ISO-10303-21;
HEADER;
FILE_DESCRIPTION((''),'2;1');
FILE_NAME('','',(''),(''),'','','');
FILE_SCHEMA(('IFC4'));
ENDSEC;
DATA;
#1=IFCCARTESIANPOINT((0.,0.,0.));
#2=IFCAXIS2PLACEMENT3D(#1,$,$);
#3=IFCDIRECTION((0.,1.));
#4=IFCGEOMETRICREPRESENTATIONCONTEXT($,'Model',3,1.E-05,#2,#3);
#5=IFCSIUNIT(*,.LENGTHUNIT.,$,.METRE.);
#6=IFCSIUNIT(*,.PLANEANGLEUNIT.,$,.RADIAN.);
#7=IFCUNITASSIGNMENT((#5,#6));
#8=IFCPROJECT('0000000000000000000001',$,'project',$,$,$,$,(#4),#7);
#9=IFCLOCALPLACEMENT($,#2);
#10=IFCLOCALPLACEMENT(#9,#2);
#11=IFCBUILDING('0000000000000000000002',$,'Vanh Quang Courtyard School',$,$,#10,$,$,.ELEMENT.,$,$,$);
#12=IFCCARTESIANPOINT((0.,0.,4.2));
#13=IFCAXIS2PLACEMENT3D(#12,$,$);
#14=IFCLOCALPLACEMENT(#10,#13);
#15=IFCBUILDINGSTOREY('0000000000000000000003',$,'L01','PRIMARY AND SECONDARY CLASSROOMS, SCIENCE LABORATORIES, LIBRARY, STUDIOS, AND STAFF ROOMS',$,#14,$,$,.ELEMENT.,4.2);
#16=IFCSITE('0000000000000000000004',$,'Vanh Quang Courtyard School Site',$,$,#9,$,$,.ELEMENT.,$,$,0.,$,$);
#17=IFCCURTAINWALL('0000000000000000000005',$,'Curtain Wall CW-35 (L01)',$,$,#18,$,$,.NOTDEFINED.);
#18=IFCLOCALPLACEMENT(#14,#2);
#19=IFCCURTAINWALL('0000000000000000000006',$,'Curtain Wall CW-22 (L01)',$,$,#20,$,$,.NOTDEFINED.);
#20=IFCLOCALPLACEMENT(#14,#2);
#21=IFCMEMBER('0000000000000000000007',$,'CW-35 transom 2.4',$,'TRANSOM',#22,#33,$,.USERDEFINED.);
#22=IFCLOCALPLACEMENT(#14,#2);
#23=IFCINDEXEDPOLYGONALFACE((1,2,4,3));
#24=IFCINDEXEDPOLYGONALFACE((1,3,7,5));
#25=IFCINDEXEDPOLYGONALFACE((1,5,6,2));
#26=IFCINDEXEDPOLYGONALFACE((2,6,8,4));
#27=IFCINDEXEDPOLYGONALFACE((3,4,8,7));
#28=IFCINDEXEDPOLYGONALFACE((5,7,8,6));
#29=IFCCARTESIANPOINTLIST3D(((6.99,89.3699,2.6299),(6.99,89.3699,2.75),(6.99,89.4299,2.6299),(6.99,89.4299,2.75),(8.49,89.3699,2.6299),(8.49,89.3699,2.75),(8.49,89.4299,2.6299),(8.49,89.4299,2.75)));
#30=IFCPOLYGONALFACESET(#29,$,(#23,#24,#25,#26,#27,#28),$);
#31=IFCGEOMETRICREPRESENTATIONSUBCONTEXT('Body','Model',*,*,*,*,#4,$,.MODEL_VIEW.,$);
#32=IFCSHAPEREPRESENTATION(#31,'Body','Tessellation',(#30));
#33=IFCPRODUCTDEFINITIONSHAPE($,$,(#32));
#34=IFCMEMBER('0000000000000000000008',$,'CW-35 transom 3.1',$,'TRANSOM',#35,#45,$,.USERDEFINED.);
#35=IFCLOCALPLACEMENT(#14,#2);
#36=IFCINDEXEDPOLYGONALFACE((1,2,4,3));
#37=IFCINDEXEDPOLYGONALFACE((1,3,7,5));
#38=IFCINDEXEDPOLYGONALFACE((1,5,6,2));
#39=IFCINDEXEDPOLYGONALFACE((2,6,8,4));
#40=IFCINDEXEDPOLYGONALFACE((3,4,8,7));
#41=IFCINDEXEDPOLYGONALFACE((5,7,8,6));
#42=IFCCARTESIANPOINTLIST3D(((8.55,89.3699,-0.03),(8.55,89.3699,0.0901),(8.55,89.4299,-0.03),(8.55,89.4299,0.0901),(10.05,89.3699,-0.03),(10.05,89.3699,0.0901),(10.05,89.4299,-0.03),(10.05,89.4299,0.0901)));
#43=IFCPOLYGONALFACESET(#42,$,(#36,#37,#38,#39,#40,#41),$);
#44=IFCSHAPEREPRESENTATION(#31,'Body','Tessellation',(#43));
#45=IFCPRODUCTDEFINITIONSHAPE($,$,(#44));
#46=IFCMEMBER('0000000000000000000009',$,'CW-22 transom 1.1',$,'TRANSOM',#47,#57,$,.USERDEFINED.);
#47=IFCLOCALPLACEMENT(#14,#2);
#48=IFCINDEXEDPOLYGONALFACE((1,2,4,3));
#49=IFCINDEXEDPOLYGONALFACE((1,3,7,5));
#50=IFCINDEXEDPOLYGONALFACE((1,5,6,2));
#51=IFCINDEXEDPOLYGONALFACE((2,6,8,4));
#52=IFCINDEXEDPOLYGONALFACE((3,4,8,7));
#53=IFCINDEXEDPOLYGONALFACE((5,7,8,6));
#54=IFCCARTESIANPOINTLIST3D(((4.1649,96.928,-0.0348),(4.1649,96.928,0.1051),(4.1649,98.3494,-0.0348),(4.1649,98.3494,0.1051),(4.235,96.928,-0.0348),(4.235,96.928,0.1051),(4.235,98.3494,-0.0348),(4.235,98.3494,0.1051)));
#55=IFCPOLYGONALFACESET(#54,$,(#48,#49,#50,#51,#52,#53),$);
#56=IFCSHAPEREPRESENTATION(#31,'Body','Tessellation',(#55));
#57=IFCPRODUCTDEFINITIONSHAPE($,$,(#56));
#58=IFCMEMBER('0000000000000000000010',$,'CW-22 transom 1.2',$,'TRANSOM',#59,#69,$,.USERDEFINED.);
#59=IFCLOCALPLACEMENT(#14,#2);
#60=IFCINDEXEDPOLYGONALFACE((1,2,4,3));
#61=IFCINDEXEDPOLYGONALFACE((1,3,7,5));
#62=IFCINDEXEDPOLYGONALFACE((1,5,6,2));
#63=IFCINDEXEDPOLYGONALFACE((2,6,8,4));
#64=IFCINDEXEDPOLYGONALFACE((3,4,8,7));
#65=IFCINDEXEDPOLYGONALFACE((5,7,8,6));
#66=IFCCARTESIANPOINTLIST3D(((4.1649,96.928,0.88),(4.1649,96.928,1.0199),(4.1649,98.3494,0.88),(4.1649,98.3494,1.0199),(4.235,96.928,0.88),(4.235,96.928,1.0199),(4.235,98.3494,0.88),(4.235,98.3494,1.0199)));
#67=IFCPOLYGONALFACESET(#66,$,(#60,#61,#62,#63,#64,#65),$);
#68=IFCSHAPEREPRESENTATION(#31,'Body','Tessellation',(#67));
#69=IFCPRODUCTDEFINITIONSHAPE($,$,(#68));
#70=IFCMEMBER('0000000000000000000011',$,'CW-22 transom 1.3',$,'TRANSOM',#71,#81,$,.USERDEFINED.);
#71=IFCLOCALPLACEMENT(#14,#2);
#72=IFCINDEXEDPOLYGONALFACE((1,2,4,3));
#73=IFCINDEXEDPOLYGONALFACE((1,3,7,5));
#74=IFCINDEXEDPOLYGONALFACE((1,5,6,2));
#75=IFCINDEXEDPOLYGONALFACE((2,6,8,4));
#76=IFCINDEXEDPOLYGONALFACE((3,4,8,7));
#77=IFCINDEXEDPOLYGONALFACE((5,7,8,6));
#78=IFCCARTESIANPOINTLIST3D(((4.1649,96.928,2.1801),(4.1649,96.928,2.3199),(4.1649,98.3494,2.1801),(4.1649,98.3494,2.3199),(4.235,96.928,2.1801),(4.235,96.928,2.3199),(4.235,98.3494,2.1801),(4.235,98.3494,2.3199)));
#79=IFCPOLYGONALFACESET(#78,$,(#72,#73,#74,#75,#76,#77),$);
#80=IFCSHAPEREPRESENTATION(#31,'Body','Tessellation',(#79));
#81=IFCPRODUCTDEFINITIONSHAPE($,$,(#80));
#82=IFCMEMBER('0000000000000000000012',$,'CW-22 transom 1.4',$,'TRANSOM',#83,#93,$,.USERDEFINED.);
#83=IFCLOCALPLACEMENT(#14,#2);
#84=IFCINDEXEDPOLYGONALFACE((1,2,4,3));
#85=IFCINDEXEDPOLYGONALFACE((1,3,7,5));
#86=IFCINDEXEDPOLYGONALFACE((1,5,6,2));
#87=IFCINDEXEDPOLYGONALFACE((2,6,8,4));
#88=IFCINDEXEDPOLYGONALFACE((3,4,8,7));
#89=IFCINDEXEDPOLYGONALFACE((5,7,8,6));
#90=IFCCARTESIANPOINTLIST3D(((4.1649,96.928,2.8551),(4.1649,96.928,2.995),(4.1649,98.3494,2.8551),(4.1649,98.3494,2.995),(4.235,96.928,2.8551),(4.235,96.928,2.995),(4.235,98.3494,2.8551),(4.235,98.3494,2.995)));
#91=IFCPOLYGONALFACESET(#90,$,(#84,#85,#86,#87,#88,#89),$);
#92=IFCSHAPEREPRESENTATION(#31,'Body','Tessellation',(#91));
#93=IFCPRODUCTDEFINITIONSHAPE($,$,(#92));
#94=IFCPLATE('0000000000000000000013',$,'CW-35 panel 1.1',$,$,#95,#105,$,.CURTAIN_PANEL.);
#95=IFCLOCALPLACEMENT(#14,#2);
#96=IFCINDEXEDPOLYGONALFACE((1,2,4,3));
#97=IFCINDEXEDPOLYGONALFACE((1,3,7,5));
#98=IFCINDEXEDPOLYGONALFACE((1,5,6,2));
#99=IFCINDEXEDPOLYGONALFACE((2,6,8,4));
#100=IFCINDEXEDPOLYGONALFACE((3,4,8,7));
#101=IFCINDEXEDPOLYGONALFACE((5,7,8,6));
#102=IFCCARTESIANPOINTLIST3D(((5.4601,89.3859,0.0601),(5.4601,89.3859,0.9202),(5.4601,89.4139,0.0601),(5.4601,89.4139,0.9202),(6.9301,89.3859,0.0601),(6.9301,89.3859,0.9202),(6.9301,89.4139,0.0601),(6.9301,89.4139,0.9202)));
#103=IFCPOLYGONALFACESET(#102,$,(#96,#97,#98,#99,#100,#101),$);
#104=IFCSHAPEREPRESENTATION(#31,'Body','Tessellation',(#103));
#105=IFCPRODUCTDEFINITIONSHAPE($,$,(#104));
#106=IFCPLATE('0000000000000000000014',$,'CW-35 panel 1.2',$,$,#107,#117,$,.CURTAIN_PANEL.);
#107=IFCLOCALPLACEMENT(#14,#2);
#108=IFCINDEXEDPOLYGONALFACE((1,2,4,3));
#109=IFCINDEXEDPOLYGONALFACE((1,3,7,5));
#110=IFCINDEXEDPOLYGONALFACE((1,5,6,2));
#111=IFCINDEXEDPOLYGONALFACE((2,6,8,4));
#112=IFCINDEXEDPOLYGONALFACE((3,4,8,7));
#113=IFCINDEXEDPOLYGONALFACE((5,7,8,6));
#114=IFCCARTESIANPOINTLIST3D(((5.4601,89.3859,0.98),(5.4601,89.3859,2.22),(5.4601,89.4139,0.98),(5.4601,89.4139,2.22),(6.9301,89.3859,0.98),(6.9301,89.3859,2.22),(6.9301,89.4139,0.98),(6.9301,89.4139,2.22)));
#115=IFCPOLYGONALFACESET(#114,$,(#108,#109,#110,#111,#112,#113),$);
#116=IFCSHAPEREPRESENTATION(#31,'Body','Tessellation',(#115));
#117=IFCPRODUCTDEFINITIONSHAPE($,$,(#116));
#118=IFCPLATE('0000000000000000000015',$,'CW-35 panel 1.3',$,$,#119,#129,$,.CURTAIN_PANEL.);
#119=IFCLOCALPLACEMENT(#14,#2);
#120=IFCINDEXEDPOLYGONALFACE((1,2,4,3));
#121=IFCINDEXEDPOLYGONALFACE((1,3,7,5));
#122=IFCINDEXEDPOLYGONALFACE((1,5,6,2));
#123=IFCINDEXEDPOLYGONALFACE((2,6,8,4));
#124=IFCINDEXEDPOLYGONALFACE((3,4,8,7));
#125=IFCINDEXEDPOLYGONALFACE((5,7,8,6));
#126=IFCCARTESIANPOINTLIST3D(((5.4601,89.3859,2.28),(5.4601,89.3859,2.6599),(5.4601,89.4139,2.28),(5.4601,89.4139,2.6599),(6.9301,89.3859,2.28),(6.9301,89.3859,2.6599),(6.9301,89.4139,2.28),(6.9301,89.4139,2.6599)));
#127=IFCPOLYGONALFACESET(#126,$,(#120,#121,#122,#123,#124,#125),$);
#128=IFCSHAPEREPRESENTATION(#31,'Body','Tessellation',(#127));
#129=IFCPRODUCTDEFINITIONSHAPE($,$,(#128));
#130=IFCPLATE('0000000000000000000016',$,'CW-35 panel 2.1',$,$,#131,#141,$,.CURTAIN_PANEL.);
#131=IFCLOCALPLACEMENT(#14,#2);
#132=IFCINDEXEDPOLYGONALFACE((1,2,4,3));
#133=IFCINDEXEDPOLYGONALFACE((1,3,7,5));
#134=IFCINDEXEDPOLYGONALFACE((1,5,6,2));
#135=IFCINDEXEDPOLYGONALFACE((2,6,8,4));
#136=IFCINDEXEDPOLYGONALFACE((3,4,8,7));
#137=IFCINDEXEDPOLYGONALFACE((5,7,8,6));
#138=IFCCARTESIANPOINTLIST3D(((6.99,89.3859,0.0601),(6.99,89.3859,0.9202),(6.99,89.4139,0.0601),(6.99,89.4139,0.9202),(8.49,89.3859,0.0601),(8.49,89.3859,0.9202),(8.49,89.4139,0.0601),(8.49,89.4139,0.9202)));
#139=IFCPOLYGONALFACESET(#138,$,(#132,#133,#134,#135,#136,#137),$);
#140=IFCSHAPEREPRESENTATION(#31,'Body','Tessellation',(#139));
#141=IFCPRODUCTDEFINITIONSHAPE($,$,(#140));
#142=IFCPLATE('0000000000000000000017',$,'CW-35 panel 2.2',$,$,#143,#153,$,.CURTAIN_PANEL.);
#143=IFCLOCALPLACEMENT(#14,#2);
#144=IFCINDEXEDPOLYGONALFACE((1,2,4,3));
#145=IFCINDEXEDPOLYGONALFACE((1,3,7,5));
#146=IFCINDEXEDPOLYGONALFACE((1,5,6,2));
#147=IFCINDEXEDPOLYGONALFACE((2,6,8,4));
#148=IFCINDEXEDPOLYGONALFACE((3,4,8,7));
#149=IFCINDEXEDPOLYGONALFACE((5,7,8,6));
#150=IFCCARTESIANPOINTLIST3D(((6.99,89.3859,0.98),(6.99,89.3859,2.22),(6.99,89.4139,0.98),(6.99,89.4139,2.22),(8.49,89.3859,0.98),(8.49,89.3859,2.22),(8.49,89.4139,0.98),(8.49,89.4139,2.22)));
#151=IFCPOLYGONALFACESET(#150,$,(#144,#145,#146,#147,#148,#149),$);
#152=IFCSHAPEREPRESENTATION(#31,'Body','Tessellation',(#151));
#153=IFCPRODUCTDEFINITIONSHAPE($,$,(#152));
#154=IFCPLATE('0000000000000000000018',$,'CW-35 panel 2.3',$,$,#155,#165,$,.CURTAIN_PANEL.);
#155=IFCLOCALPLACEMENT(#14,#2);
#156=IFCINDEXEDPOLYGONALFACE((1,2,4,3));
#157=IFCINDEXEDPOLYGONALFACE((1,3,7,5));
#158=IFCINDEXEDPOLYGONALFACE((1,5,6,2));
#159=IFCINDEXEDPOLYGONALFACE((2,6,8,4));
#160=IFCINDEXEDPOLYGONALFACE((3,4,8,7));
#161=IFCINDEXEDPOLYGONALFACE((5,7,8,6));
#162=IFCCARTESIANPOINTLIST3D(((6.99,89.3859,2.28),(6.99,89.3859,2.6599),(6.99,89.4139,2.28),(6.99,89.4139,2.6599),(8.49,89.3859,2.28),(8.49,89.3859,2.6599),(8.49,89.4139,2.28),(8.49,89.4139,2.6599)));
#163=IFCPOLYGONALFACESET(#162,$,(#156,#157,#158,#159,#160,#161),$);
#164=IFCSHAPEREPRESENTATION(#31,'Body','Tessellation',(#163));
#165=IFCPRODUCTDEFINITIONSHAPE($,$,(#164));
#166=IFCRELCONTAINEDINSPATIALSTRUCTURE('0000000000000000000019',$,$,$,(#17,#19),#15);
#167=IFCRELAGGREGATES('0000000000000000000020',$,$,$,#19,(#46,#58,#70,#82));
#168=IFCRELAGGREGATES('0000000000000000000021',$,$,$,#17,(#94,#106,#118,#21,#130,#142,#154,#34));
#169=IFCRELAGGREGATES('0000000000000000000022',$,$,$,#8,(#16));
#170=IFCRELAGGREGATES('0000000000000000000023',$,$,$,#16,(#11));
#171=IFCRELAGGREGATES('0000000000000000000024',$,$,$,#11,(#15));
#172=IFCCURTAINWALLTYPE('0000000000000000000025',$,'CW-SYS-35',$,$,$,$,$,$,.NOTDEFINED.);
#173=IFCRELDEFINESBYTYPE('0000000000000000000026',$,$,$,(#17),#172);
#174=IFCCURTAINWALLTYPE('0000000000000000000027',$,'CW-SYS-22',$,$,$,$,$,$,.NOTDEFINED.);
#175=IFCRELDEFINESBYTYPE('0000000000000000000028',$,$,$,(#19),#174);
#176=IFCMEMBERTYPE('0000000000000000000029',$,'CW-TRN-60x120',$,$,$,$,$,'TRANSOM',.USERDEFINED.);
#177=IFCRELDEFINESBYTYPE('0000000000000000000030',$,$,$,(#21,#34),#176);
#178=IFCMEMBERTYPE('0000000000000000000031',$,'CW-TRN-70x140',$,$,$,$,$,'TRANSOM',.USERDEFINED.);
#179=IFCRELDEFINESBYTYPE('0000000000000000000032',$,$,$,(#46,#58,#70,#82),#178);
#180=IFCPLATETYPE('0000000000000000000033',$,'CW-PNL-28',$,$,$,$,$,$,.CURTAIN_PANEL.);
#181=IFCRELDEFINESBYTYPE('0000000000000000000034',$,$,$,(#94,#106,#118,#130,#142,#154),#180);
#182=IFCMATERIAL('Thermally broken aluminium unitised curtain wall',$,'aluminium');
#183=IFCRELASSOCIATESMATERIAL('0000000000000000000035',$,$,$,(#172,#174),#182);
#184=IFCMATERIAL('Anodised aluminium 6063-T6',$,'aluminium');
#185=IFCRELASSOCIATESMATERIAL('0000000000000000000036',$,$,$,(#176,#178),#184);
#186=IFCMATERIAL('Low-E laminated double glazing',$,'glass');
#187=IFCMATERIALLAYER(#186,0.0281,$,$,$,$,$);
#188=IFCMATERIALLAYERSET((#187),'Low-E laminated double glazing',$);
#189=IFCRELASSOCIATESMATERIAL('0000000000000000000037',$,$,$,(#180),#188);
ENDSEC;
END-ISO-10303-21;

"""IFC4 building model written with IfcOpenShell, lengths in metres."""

from ifc_helpers import new_model, si_unit, direction, frame, origin, origin_2d, place, context, subcontext, project, spatial, rectangle, extrude, material, layer, layer_set, material_profile, profile_set, type_object, element, aggregate, save


model = new_model("IFC4")

# Units and contexts
model_context = context("Model", 3, precision=1e-05, world=origin(), true_north=direction((0.0, 1.0)))
body_context = subcontext(model_context, "Body", "Model", "MODEL_VIEW")
ifc_project = project(units=[si_unit("LENGTHUNIT", "METRE"), si_unit("PLANEANGLEUNIT", "RADIAN")], contexts=[model_context])

# Site, building, storey
site_placement = place(None, origin())
site = spatial("IfcSite", under=ifc_project, at=site_placement, Name="Vanh Quang Courtyard School Site", CompositionType="ELEMENT", RefElevation=0.0)
building_placement = place(site_placement, origin())
building = spatial("IfcBuilding", under=site, at=building_placement, Name="Vanh Quang Courtyard School", CompositionType="ELEMENT")
storey_placement = place(building_placement, frame((0.0, 0.0, 4.2)))
storey = spatial("IfcBuildingStorey", under=building, at=storey_placement, Name="L01", Description="PRIMARY AND SECONDARY CLASSROOMS, SCIENCE LABORATORIES, LIBRARY, STUDIOS, AND STAFF ROOMS", CompositionType="ELEMENT", Elevation=4.2)

# Curtain wall
ifc_material_1 = material(Name="Thermally broken aluminium unitised curtain wall", Category="aluminium")
curtain_wall_type_1 = type_object("IfcCurtainWallType", Name="CW-SYS-35", PredefinedType="NOTDEFINED", material=ifc_material_1)
curtain_wall_1_placement = place(storey_placement, origin())
curtain_wall_1 = element("IfcCurtainWall", 1, at=curtain_wall_1_placement, inside=storey, type_object=curtain_wall_type_1, Name="Curtain Wall CW-35 (L01)", PredefinedType="NOTDEFINED")
ifc_material_2 = material(Name="Anodised aluminium 6063-T6", Category="aluminium")

# Curtain wall
curtain_wall_type_2 = type_object("IfcCurtainWallType", Name="CW-SYS-22", PredefinedType="NOTDEFINED", material=ifc_material_1)
curtain_wall_2_placement = place(storey_placement, origin())
curtain_wall_2 = element("IfcCurtainWall", 2, at=curtain_wall_2_placement, inside=storey, type_object=curtain_wall_type_2, Name="Curtain Wall CW-22 (L01)", PredefinedType="NOTDEFINED")

# Members
ifc_material_profile_1 = material_profile(ifc_material_2, rectangle(XDim=0.0601, YDim=0.1201, at=origin_2d()), Name="ALU-TRN 60x120")
ifc_profile_set_1 = profile_set([ifc_material_profile_1], Name="Anodised aluminium 6063-T6")
member_type_1 = type_object("IfcMemberType", Name="CW-TRN-60x120", ElementType="TRANSOM", PredefinedType="USERDEFINED", material=ifc_profile_set_1)
member_1_placement = place(storey_placement, frame((6.99, 89.3999, 2.6899), z_axis=(1.0, 0.0, 0.0), x_axis=(0.0, 1.0, 0.0)))
member_1 = element("IfcMember", 3, at=member_1_placement, type_object=member_type_1, Name="CW-35 transom 2.4", ObjectType="TRANSOM", PredefinedType="USERDEFINED", context=body_context, shape_type="SweptSolid", body=[
    extrude(rectangle(XDim=0.0601, YDim=0.1201, at=origin_2d()), origin(), (0.0, 0.0, 1.0), 1.5),
])
member_2_placement = place(storey_placement, frame((8.55, 89.3999, 0.03), z_axis=(1.0, 0.0, 0.0), x_axis=(0.0, 1.0, 0.0)))
member_2 = element("IfcMember", 4, at=member_2_placement, type_object=member_type_1, Name="CW-35 transom 3.1", ObjectType="TRANSOM", PredefinedType="USERDEFINED", context=body_context, shape_type="SweptSolid", body=[
    extrude(rectangle(XDim=0.0601, YDim=0.1201, at=origin_2d()), origin(), (0.0, 0.0, 1.0), 1.5),
])
ifc_material_profile_2 = material_profile(ifc_material_2, rectangle(XDim=0.0701, YDim=0.1399, at=origin_2d()), Name="ALU-TRN 70x140")
ifc_profile_set_2 = profile_set([ifc_material_profile_2], Name="Anodised aluminium 6063-T6")
member_type_2 = type_object("IfcMemberType", Name="CW-TRN-70x140", ElementType="TRANSOM", PredefinedType="USERDEFINED", material=ifc_profile_set_2)
member_3_placement = place(storey_placement, frame((4.2, 96.928, 0.0352), z_axis=(0.0, 1.0, 0.0), x_axis=(-1.0, 0.0, 0.0)))
member_3 = element("IfcMember", 5, at=member_3_placement, type_object=member_type_2, Name="CW-22 transom 1.1", ObjectType="TRANSOM", PredefinedType="USERDEFINED", context=body_context, shape_type="SweptSolid", body=[
    extrude(rectangle(XDim=0.0701, YDim=0.1399, at=origin_2d()), origin(), (0.0, 0.0, 1.0), 1.4214),
])
member_4_placement = place(storey_placement, frame((4.2, 96.928, 0.95), z_axis=(0.0, 1.0, 0.0), x_axis=(-1.0, 0.0, 0.0)))
member_4 = element("IfcMember", 6, at=member_4_placement, type_object=member_type_2, Name="CW-22 transom 1.2", ObjectType="TRANSOM", PredefinedType="USERDEFINED", context=body_context, shape_type="SweptSolid", body=[
    extrude(rectangle(XDim=0.0701, YDim=0.1399, at=origin_2d()), origin(), (0.0, 0.0, 1.0), 1.4214),
])
member_5_placement = place(storey_placement, frame((4.2, 96.928, 2.25), z_axis=(0.0, 1.0, 0.0), x_axis=(-1.0, 0.0, 0.0)))
member_5 = element("IfcMember", 7, at=member_5_placement, type_object=member_type_2, Name="CW-22 transom 1.3", ObjectType="TRANSOM", PredefinedType="USERDEFINED", context=body_context, shape_type="SweptSolid", body=[
    extrude(rectangle(XDim=0.0701, YDim=0.1399, at=origin_2d()), origin(), (0.0, 0.0, 1.0), 1.4214),
])
member_6_placement = place(storey_placement, frame((4.2, 96.928, 2.925), z_axis=(0.0, 1.0, 0.0), x_axis=(-1.0, 0.0, 0.0)))
member_6 = element("IfcMember", 8, at=member_6_placement, type_object=member_type_2, Name="CW-22 transom 1.4", ObjectType="TRANSOM", PredefinedType="USERDEFINED", context=body_context, shape_type="SweptSolid", body=[
    extrude(rectangle(XDim=0.0701, YDim=0.1399, at=origin_2d()), origin(), (0.0, 0.0, 1.0), 1.4214),
])
aggregate(curtain_wall_2, [member_3, member_4, member_5, member_6])

# Plates
ifc_material_3 = material(Name="Low-E laminated double glazing", Category="glass")
ifc_layer_1 = layer(ifc_material_3, 0.0281)
ifc_layer_set_1 = layer_set([ifc_layer_1], Name="Low-E laminated double glazing")
plate_type = type_object("IfcPlateType", Name="CW-PNL-28", PredefinedType="CURTAIN_PANEL", material=ifc_layer_set_1)
plate_1_placement = place(storey_placement, frame((6.1951, 89.3999, 0.0601), z_axis=(0.0, 0.0, 1.0), x_axis=(1.0, 0.0, 0.0)))
plate_1 = element("IfcPlate", 9, at=plate_1_placement, type_object=plate_type, Name="CW-35 panel 1.1", PredefinedType="CURTAIN_PANEL", context=body_context, shape_type="SweptSolid", body=[
    extrude(rectangle(XDim=1.47, YDim=0.0281, at=origin_2d()), origin(), (0.0, 0.0, 1.0), 0.8601),
])
plate_2_placement = place(storey_placement, frame((6.1951, 89.3999, 0.98), z_axis=(0.0, 0.0, 1.0), x_axis=(1.0, 0.0, 0.0)))
plate_2 = element("IfcPlate", 10, at=plate_2_placement, type_object=plate_type, Name="CW-35 panel 1.2", PredefinedType="CURTAIN_PANEL", context=body_context, shape_type="SweptSolid", body=[
    extrude(rectangle(XDim=1.47, YDim=0.0281, at=origin_2d()), origin(), (0.0, 0.0, 1.0), 1.24),
])
plate_3_placement = place(storey_placement, frame((6.1951, 89.3999, 2.28), z_axis=(0.0, 0.0, 1.0), x_axis=(1.0, 0.0, 0.0)))
plate_3 = element("IfcPlate", 11, at=plate_3_placement, type_object=plate_type, Name="CW-35 panel 1.3", PredefinedType="CURTAIN_PANEL", context=body_context, shape_type="SweptSolid", body=[
    extrude(rectangle(XDim=1.47, YDim=0.0281, at=origin_2d()), origin(), (0.0, 0.0, 1.0), 0.3799),
])
plate_4_placement = place(storey_placement, frame((7.74, 89.3999, 0.0601), z_axis=(0.0, 0.0, 1.0), x_axis=(1.0, 0.0, 0.0)))
plate_4 = element("IfcPlate", 12, at=plate_4_placement, type_object=plate_type, Name="CW-35 panel 2.1", PredefinedType="CURTAIN_PANEL", context=body_context, shape_type="SweptSolid", body=[
    extrude(rectangle(XDim=1.5, YDim=0.0281, at=origin_2d()), origin(), (0.0, 0.0, 1.0), 0.8601),
])
plate_5_placement = place(storey_placement, frame((7.74, 89.3999, 0.98), z_axis=(0.0, 0.0, 1.0), x_axis=(1.0, 0.0, 0.0)))
plate_5 = element("IfcPlate", 13, at=plate_5_placement, type_object=plate_type, Name="CW-35 panel 2.2", PredefinedType="CURTAIN_PANEL", context=body_context, shape_type="SweptSolid", body=[
    extrude(rectangle(XDim=1.5, YDim=0.0281, at=origin_2d()), origin(), (0.0, 0.0, 1.0), 1.24),
])
plate_6_placement = place(storey_placement, frame((7.74, 89.3999, 2.28), z_axis=(0.0, 0.0, 1.0), x_axis=(1.0, 0.0, 0.0)))
plate_6 = element("IfcPlate", 14, at=plate_6_placement, type_object=plate_type, Name="CW-35 panel 2.3", PredefinedType="CURTAIN_PANEL", context=body_context, shape_type="SweptSolid", body=[
    extrude(rectangle(XDim=1.5, YDim=0.0281, at=origin_2d()), origin(), (0.0, 0.0, 1.0), 0.3799),
])
aggregate(curtain_wall_1, [plate_1, plate_2, plate_3, member_1, plate_4, plate_5, plate_6, member_2])

save(model, "model.ifc")
